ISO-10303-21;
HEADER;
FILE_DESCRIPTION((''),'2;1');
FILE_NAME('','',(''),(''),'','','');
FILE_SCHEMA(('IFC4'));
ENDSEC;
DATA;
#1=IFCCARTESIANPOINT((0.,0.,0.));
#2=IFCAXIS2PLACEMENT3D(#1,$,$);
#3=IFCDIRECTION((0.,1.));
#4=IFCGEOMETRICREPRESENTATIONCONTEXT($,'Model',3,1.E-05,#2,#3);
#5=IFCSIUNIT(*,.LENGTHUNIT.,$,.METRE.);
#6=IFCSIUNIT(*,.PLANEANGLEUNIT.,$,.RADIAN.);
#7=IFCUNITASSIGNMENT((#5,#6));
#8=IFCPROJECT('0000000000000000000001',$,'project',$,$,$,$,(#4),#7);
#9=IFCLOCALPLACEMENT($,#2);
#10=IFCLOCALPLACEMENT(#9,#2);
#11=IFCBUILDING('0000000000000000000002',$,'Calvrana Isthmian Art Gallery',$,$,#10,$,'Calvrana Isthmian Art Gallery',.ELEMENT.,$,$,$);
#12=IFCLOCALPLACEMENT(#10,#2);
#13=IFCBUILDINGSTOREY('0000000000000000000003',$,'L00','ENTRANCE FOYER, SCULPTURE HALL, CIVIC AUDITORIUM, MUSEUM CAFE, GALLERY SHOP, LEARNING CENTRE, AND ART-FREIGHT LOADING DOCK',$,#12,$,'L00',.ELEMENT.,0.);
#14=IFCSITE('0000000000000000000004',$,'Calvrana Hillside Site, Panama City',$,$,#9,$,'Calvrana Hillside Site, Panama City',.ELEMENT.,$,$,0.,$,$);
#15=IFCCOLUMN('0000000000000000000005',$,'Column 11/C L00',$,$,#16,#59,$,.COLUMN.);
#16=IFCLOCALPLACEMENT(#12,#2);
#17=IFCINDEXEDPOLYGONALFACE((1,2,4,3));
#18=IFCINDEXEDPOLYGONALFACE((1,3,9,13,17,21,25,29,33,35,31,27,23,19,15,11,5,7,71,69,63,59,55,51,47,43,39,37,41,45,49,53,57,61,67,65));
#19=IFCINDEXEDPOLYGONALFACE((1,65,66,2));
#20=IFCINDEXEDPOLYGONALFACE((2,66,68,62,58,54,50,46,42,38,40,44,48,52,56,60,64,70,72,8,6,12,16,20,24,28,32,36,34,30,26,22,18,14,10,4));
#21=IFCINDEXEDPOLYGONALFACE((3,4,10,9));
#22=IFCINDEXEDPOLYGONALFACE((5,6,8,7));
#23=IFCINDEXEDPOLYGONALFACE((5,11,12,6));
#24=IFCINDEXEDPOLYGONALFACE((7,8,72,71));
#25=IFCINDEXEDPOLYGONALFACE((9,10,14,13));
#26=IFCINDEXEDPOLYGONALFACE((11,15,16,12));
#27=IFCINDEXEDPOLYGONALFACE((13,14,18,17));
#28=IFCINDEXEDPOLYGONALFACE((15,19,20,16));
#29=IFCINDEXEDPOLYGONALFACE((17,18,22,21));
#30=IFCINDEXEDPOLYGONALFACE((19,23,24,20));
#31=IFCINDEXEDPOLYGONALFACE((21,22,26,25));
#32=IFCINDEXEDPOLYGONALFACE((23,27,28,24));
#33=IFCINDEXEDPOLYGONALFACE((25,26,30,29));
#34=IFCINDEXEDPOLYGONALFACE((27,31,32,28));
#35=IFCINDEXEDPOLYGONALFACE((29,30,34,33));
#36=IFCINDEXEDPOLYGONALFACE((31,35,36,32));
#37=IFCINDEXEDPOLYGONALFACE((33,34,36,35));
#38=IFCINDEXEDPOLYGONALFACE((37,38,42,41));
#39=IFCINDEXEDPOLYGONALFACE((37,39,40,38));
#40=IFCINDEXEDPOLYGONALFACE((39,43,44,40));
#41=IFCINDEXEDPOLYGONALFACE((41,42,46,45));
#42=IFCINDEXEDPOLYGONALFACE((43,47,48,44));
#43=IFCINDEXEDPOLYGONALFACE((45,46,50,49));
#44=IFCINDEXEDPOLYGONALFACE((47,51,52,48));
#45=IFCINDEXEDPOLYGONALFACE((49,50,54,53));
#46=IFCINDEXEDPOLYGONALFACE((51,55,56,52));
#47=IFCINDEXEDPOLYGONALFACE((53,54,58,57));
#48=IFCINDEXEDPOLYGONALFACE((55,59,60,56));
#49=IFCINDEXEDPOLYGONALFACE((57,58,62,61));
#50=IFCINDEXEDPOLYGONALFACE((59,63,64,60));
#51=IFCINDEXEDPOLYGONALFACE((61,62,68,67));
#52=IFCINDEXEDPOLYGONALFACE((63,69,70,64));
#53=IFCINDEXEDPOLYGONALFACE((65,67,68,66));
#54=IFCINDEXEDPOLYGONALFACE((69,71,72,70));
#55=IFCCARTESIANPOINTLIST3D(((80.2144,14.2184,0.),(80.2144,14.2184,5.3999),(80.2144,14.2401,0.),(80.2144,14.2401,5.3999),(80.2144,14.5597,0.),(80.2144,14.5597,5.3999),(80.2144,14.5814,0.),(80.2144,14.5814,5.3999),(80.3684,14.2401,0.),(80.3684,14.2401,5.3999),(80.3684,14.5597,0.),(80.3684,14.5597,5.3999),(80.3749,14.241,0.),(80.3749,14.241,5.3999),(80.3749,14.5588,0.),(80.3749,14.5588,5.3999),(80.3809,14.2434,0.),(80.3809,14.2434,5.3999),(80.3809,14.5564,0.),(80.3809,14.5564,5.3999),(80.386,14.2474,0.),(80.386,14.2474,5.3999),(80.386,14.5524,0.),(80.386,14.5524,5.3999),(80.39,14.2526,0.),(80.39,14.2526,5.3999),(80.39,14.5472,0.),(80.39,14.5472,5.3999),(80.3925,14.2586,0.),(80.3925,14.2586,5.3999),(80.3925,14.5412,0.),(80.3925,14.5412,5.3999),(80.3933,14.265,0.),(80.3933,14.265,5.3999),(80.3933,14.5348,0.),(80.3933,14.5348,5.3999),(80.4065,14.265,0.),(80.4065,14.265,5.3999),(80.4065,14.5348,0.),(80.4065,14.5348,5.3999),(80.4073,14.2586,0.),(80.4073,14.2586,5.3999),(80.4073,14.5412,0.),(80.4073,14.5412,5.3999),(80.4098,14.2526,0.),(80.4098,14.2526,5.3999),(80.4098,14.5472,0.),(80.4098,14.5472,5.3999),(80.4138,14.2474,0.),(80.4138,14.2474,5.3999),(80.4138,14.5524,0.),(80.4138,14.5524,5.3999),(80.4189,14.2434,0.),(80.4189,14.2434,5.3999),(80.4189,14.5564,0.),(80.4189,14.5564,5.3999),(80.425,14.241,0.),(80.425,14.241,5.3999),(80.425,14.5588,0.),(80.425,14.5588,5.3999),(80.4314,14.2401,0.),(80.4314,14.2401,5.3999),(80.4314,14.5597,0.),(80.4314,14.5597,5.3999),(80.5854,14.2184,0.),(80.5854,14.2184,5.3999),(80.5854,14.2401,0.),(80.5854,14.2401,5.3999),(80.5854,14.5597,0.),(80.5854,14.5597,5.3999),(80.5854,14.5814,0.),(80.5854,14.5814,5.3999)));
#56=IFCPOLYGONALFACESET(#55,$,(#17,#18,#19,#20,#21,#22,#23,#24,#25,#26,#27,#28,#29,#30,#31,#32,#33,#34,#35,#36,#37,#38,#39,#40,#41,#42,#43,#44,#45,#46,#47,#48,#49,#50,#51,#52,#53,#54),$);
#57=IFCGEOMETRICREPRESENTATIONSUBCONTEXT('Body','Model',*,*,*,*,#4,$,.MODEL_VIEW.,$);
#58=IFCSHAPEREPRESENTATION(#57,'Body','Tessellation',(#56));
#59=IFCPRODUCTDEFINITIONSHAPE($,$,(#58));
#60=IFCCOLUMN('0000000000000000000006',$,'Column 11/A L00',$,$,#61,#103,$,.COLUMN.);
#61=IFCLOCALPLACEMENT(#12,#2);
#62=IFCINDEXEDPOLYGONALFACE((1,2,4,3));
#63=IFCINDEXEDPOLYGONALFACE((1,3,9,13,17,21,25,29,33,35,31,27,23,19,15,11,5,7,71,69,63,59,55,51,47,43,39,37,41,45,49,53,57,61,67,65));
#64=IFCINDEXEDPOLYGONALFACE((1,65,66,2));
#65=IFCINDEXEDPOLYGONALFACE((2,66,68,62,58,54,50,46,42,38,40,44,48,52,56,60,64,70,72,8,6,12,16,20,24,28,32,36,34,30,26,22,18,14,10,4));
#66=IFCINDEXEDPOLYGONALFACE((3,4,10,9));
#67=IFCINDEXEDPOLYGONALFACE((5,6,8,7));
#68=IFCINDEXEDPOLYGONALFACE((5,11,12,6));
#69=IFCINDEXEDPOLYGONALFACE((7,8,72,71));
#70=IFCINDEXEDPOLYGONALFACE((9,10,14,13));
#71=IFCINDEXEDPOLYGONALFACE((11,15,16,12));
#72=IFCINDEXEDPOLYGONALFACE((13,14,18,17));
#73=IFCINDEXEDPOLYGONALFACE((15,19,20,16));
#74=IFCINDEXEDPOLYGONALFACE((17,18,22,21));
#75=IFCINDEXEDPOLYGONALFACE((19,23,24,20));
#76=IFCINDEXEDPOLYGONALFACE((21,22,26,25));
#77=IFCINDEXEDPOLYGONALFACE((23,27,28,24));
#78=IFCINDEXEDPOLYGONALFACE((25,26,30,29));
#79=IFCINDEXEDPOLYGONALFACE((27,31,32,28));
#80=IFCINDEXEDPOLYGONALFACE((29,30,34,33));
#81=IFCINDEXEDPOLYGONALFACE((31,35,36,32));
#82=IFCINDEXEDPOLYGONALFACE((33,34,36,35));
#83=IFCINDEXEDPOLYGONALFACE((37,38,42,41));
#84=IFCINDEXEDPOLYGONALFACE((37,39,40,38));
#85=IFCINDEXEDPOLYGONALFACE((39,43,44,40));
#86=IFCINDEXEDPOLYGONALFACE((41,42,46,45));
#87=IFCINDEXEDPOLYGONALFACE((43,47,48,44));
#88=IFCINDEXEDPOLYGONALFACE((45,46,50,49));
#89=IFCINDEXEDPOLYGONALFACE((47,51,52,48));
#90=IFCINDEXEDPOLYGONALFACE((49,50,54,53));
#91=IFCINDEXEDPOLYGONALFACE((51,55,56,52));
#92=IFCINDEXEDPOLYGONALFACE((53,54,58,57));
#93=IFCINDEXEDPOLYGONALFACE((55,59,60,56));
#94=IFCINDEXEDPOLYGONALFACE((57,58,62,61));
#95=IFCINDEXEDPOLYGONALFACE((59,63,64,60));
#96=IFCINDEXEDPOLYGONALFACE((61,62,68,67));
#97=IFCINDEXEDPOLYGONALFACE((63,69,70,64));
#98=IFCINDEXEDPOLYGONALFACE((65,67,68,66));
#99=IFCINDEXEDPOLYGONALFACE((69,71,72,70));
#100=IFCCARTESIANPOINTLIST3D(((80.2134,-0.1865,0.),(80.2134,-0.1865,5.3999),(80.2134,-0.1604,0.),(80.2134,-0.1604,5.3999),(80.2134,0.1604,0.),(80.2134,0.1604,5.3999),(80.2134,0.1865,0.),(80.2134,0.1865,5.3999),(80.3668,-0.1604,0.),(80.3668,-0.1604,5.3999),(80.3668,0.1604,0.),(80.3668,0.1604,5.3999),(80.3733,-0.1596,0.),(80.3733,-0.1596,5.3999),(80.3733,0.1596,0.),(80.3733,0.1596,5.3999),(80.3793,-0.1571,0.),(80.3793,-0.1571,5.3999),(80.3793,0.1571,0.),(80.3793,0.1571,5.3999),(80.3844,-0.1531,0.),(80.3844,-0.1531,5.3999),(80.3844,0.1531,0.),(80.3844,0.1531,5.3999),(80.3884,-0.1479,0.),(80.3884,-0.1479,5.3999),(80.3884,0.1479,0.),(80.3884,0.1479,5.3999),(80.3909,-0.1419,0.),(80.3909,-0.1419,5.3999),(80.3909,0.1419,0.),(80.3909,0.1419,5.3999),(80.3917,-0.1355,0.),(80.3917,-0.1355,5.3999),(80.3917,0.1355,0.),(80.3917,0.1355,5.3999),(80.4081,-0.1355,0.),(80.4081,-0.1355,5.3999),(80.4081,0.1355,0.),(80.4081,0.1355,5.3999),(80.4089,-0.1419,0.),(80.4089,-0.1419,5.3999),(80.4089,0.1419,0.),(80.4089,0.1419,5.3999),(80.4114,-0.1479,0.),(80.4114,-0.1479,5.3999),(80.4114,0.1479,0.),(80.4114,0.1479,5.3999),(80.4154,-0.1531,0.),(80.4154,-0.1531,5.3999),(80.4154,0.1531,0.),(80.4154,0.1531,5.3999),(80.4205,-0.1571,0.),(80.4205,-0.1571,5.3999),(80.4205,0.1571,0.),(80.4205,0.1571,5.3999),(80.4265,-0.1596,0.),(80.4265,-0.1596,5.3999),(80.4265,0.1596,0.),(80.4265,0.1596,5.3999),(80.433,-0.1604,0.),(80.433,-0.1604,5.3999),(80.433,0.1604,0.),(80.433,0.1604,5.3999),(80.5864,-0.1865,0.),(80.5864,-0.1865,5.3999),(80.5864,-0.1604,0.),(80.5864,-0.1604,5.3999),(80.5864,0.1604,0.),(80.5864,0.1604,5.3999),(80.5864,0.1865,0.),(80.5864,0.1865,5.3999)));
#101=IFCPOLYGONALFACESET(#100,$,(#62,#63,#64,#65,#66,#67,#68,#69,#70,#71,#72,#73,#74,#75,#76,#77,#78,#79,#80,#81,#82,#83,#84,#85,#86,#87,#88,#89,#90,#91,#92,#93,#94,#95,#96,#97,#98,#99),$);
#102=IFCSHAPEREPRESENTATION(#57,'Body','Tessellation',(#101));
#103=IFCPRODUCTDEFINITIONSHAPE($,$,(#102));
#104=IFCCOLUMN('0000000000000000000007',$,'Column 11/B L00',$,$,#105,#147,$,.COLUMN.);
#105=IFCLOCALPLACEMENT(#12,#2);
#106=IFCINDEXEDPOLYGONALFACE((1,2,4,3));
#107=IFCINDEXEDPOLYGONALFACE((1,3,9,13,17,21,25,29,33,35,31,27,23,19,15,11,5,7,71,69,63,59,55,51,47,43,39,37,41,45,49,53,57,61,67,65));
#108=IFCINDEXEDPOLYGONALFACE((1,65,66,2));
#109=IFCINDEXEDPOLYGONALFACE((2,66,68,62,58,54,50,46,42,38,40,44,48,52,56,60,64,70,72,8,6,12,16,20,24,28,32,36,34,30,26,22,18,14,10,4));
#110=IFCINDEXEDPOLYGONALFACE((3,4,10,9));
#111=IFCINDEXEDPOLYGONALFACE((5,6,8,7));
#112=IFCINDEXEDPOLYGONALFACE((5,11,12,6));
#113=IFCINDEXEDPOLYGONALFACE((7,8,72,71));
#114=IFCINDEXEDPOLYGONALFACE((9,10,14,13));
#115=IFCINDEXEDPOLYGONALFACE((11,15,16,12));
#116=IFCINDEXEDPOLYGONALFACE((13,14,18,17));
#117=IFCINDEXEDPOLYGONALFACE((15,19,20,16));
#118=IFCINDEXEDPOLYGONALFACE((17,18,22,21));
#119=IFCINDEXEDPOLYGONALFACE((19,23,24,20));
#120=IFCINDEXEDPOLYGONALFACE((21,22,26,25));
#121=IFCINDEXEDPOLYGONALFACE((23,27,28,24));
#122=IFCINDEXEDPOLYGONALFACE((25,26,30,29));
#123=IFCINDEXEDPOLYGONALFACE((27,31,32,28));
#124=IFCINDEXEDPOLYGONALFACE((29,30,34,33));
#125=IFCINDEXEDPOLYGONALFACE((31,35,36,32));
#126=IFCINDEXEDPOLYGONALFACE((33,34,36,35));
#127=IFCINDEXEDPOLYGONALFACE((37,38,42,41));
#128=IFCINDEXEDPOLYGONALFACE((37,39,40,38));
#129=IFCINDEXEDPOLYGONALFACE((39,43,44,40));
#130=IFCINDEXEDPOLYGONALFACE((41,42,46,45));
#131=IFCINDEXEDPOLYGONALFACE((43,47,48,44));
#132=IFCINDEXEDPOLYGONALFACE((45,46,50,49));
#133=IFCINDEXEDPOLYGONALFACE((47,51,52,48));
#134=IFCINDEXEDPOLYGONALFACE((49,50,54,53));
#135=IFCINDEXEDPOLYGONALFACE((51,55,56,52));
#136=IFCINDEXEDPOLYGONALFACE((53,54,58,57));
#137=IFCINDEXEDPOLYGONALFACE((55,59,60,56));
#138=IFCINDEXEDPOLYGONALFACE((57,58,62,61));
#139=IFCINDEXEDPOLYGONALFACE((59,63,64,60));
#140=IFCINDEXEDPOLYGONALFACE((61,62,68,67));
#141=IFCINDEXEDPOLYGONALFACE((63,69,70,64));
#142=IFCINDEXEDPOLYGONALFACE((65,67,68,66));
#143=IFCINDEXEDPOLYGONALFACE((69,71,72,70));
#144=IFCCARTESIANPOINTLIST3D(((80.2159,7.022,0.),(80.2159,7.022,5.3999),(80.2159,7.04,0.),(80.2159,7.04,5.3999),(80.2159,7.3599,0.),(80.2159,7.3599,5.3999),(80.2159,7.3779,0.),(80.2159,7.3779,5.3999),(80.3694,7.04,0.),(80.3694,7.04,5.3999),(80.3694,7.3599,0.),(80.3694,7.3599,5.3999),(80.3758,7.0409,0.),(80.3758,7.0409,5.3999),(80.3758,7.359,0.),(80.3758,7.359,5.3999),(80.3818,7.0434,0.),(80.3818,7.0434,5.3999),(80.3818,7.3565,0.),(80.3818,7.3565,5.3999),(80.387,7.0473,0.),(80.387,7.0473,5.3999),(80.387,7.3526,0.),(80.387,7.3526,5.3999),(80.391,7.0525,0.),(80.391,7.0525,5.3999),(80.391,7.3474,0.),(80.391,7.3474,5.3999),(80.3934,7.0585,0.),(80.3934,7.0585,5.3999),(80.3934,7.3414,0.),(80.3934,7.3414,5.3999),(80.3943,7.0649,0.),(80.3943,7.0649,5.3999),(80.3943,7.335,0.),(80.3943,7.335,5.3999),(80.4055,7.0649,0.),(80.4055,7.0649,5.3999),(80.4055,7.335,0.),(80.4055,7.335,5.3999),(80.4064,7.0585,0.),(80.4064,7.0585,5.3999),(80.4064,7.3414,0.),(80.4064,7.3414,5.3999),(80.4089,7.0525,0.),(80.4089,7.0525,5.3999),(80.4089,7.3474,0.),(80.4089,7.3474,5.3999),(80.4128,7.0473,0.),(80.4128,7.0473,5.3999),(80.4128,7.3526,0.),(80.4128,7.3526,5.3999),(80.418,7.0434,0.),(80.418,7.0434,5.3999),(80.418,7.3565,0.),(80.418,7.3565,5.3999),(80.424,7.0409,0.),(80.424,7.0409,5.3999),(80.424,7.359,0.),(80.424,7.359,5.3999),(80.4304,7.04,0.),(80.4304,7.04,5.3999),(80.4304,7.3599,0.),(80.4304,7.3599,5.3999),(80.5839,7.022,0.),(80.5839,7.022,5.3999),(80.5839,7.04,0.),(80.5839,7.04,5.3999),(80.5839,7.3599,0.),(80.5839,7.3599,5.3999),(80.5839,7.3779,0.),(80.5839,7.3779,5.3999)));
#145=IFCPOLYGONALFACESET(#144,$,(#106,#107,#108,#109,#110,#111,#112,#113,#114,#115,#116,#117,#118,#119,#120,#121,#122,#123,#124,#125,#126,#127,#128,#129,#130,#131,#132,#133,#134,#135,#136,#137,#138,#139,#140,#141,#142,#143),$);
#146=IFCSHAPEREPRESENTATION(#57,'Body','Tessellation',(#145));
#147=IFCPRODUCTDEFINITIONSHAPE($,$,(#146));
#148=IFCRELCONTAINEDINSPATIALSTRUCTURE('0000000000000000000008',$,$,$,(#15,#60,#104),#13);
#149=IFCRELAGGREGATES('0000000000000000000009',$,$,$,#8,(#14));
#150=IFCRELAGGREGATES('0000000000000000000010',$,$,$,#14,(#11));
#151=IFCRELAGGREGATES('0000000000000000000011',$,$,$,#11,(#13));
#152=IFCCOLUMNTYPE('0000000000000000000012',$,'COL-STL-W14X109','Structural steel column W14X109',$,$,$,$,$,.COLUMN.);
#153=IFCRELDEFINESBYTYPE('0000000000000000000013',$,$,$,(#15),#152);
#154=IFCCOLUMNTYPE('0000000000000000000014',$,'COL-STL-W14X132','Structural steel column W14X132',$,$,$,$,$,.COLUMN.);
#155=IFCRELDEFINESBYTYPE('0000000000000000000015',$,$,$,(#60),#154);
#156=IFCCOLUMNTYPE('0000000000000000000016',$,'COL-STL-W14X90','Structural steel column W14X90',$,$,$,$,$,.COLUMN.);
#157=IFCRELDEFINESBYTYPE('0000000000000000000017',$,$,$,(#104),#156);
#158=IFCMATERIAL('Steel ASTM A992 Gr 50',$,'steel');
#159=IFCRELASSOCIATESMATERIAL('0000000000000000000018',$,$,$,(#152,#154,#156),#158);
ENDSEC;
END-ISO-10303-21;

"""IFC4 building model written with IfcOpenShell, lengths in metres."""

from ifc_helpers import new_model, si_unit, direction, frame, origin, origin_2d, place, context, subcontext, project, spatial, i_section, extrude, material, material_profile, profile_set, type_object, element, save


model = new_model("IFC4")

# Units and contexts
model_context = context("Model", 3, precision=1e-05, world=origin(), true_north=direction((0.0, 1.0)))
body_context = subcontext(model_context, "Body", "Model", "MODEL_VIEW")
ifc_project = project(units=[si_unit("LENGTHUNIT", "METRE"), si_unit("PLANEANGLEUNIT", "RADIAN")], contexts=[model_context])

# Site, building, storey
site_placement = place(None, origin())
site = spatial("IfcSite", under=ifc_project, at=site_placement, Name="Calvrana Hillside Site, Panama City", LongName="Calvrana Hillside Site, Panama City", CompositionType="ELEMENT", RefElevation=0.0)
building_placement = place(site_placement, origin())
building = spatial("IfcBuilding", under=site, at=building_placement, Name="Calvrana Isthmian Art Gallery", LongName="Calvrana Isthmian Art Gallery", CompositionType="ELEMENT")
storey_placement = place(building_placement, origin())
storey = spatial("IfcBuildingStorey", under=building, at=storey_placement, Name="L00", Description="ENTRANCE FOYER, SCULPTURE HALL, CIVIC AUDITORIUM, MUSEUM CAFE, GALLERY SHOP, LEARNING CENTRE, AND ART-FREIGHT LOADING DOCK", LongName="L00", CompositionType="ELEMENT", Elevation=0.0)

# Columns
ifc_material_1 = material(Name="Steel ASTM A992 Gr 50", Category="steel")
ifc_material_profile_1 = material_profile(ifc_material_1, i_section(OverallWidth=0.3711, OverallDepth=0.363, WebThickness=0.0132, FlangeThickness=0.0217, FilletRadius=0.0249, at=origin_2d()), Name="W14X109")
ifc_profile_set_1 = profile_set([ifc_material_profile_1], Name="Steel ASTM A992 Gr 50")
column_type_1 = type_object("IfcColumnType", Name="COL-STL-W14X109", Description="Structural steel column W14X109", PredefinedType="COLUMN", material=ifc_profile_set_1)
column_1_placement = place(storey_placement, frame((80.3999, 14.3999, 0.0), z_axis=(0.0, 0.0, 1.0), x_axis=(1.0, 0.0, 0.0)))
element("IfcColumn", 1, at=column_1_placement, inside=storey, type_object=column_type_1, Name="Column 11/C L00", PredefinedType="COLUMN", context=body_context, shape_type="SweptSolid", body=[
    extrude(i_section(OverallWidth=0.3711, OverallDepth=0.363, WebThickness=0.0132, FlangeThickness=0.0217, FilletRadius=0.0249, at=origin_2d()), origin(), (0.0, 0.0, 1.0), 5.3999),
])
ifc_material_profile_2 = material_profile(ifc_material_1, i_section(OverallWidth=0.373, OverallDepth=0.373, WebThickness=0.0164, FlangeThickness=0.0261, FilletRadius=0.0249, at=origin_2d()), Name="W14X132")
ifc_profile_set_2 = profile_set([ifc_material_profile_2], Name="Steel ASTM A992 Gr 50")
column_type_2 = type_object("IfcColumnType", Name="COL-STL-W14X132", Description="Structural steel column W14X132", PredefinedType="COLUMN", material=ifc_profile_set_2)
column_2_placement = place(storey_placement, frame((80.3999, 0.0, 0.0), z_axis=(0.0, 0.0, 1.0), x_axis=(1.0, 0.0, 0.0)))
element("IfcColumn", 2, at=column_2_placement, inside=storey, type_object=column_type_2, Name="Column 11/A L00", PredefinedType="COLUMN", context=body_context, shape_type="SweptSolid", body=[
    extrude(i_section(OverallWidth=0.373, OverallDepth=0.373, WebThickness=0.0164, FlangeThickness=0.0261, FilletRadius=0.0249, at=origin_2d()), origin(), (0.0, 0.0, 1.0), 5.3999),
])
ifc_material_profile_3 = material_profile(ifc_material_1, i_section(OverallWidth=0.3679, OverallDepth=0.356, WebThickness=0.0112, FlangeThickness=0.0181, FilletRadius=0.0249, at=origin_2d()), Name="W14X90")
ifc_profile_set_3 = profile_set([ifc_material_profile_3], Name="Steel ASTM A992 Gr 50")
column_type_3 = type_object("IfcColumnType", Name="COL-STL-W14X90", Description="Structural steel column W14X90", PredefinedType="COLUMN", material=ifc_profile_set_3)
column_3_placement = place(storey_placement, frame((80.3999, 7.2, 0.0), z_axis=(0.0, 0.0, 1.0), x_axis=(1.0, 0.0, 0.0)))
element("IfcColumn", 3, at=column_3_placement, inside=storey, type_object=column_type_3, Name="Column 11/B L00", PredefinedType="COLUMN", context=body_context, shape_type="SweptSolid", body=[
    extrude(i_section(OverallWidth=0.3679, OverallDepth=0.356, WebThickness=0.0112, FlangeThickness=0.0181, FilletRadius=0.0249, at=origin_2d()), origin(), (0.0, 0.0, 1.0), 5.3999),
])

save(model, "model.ifc")
